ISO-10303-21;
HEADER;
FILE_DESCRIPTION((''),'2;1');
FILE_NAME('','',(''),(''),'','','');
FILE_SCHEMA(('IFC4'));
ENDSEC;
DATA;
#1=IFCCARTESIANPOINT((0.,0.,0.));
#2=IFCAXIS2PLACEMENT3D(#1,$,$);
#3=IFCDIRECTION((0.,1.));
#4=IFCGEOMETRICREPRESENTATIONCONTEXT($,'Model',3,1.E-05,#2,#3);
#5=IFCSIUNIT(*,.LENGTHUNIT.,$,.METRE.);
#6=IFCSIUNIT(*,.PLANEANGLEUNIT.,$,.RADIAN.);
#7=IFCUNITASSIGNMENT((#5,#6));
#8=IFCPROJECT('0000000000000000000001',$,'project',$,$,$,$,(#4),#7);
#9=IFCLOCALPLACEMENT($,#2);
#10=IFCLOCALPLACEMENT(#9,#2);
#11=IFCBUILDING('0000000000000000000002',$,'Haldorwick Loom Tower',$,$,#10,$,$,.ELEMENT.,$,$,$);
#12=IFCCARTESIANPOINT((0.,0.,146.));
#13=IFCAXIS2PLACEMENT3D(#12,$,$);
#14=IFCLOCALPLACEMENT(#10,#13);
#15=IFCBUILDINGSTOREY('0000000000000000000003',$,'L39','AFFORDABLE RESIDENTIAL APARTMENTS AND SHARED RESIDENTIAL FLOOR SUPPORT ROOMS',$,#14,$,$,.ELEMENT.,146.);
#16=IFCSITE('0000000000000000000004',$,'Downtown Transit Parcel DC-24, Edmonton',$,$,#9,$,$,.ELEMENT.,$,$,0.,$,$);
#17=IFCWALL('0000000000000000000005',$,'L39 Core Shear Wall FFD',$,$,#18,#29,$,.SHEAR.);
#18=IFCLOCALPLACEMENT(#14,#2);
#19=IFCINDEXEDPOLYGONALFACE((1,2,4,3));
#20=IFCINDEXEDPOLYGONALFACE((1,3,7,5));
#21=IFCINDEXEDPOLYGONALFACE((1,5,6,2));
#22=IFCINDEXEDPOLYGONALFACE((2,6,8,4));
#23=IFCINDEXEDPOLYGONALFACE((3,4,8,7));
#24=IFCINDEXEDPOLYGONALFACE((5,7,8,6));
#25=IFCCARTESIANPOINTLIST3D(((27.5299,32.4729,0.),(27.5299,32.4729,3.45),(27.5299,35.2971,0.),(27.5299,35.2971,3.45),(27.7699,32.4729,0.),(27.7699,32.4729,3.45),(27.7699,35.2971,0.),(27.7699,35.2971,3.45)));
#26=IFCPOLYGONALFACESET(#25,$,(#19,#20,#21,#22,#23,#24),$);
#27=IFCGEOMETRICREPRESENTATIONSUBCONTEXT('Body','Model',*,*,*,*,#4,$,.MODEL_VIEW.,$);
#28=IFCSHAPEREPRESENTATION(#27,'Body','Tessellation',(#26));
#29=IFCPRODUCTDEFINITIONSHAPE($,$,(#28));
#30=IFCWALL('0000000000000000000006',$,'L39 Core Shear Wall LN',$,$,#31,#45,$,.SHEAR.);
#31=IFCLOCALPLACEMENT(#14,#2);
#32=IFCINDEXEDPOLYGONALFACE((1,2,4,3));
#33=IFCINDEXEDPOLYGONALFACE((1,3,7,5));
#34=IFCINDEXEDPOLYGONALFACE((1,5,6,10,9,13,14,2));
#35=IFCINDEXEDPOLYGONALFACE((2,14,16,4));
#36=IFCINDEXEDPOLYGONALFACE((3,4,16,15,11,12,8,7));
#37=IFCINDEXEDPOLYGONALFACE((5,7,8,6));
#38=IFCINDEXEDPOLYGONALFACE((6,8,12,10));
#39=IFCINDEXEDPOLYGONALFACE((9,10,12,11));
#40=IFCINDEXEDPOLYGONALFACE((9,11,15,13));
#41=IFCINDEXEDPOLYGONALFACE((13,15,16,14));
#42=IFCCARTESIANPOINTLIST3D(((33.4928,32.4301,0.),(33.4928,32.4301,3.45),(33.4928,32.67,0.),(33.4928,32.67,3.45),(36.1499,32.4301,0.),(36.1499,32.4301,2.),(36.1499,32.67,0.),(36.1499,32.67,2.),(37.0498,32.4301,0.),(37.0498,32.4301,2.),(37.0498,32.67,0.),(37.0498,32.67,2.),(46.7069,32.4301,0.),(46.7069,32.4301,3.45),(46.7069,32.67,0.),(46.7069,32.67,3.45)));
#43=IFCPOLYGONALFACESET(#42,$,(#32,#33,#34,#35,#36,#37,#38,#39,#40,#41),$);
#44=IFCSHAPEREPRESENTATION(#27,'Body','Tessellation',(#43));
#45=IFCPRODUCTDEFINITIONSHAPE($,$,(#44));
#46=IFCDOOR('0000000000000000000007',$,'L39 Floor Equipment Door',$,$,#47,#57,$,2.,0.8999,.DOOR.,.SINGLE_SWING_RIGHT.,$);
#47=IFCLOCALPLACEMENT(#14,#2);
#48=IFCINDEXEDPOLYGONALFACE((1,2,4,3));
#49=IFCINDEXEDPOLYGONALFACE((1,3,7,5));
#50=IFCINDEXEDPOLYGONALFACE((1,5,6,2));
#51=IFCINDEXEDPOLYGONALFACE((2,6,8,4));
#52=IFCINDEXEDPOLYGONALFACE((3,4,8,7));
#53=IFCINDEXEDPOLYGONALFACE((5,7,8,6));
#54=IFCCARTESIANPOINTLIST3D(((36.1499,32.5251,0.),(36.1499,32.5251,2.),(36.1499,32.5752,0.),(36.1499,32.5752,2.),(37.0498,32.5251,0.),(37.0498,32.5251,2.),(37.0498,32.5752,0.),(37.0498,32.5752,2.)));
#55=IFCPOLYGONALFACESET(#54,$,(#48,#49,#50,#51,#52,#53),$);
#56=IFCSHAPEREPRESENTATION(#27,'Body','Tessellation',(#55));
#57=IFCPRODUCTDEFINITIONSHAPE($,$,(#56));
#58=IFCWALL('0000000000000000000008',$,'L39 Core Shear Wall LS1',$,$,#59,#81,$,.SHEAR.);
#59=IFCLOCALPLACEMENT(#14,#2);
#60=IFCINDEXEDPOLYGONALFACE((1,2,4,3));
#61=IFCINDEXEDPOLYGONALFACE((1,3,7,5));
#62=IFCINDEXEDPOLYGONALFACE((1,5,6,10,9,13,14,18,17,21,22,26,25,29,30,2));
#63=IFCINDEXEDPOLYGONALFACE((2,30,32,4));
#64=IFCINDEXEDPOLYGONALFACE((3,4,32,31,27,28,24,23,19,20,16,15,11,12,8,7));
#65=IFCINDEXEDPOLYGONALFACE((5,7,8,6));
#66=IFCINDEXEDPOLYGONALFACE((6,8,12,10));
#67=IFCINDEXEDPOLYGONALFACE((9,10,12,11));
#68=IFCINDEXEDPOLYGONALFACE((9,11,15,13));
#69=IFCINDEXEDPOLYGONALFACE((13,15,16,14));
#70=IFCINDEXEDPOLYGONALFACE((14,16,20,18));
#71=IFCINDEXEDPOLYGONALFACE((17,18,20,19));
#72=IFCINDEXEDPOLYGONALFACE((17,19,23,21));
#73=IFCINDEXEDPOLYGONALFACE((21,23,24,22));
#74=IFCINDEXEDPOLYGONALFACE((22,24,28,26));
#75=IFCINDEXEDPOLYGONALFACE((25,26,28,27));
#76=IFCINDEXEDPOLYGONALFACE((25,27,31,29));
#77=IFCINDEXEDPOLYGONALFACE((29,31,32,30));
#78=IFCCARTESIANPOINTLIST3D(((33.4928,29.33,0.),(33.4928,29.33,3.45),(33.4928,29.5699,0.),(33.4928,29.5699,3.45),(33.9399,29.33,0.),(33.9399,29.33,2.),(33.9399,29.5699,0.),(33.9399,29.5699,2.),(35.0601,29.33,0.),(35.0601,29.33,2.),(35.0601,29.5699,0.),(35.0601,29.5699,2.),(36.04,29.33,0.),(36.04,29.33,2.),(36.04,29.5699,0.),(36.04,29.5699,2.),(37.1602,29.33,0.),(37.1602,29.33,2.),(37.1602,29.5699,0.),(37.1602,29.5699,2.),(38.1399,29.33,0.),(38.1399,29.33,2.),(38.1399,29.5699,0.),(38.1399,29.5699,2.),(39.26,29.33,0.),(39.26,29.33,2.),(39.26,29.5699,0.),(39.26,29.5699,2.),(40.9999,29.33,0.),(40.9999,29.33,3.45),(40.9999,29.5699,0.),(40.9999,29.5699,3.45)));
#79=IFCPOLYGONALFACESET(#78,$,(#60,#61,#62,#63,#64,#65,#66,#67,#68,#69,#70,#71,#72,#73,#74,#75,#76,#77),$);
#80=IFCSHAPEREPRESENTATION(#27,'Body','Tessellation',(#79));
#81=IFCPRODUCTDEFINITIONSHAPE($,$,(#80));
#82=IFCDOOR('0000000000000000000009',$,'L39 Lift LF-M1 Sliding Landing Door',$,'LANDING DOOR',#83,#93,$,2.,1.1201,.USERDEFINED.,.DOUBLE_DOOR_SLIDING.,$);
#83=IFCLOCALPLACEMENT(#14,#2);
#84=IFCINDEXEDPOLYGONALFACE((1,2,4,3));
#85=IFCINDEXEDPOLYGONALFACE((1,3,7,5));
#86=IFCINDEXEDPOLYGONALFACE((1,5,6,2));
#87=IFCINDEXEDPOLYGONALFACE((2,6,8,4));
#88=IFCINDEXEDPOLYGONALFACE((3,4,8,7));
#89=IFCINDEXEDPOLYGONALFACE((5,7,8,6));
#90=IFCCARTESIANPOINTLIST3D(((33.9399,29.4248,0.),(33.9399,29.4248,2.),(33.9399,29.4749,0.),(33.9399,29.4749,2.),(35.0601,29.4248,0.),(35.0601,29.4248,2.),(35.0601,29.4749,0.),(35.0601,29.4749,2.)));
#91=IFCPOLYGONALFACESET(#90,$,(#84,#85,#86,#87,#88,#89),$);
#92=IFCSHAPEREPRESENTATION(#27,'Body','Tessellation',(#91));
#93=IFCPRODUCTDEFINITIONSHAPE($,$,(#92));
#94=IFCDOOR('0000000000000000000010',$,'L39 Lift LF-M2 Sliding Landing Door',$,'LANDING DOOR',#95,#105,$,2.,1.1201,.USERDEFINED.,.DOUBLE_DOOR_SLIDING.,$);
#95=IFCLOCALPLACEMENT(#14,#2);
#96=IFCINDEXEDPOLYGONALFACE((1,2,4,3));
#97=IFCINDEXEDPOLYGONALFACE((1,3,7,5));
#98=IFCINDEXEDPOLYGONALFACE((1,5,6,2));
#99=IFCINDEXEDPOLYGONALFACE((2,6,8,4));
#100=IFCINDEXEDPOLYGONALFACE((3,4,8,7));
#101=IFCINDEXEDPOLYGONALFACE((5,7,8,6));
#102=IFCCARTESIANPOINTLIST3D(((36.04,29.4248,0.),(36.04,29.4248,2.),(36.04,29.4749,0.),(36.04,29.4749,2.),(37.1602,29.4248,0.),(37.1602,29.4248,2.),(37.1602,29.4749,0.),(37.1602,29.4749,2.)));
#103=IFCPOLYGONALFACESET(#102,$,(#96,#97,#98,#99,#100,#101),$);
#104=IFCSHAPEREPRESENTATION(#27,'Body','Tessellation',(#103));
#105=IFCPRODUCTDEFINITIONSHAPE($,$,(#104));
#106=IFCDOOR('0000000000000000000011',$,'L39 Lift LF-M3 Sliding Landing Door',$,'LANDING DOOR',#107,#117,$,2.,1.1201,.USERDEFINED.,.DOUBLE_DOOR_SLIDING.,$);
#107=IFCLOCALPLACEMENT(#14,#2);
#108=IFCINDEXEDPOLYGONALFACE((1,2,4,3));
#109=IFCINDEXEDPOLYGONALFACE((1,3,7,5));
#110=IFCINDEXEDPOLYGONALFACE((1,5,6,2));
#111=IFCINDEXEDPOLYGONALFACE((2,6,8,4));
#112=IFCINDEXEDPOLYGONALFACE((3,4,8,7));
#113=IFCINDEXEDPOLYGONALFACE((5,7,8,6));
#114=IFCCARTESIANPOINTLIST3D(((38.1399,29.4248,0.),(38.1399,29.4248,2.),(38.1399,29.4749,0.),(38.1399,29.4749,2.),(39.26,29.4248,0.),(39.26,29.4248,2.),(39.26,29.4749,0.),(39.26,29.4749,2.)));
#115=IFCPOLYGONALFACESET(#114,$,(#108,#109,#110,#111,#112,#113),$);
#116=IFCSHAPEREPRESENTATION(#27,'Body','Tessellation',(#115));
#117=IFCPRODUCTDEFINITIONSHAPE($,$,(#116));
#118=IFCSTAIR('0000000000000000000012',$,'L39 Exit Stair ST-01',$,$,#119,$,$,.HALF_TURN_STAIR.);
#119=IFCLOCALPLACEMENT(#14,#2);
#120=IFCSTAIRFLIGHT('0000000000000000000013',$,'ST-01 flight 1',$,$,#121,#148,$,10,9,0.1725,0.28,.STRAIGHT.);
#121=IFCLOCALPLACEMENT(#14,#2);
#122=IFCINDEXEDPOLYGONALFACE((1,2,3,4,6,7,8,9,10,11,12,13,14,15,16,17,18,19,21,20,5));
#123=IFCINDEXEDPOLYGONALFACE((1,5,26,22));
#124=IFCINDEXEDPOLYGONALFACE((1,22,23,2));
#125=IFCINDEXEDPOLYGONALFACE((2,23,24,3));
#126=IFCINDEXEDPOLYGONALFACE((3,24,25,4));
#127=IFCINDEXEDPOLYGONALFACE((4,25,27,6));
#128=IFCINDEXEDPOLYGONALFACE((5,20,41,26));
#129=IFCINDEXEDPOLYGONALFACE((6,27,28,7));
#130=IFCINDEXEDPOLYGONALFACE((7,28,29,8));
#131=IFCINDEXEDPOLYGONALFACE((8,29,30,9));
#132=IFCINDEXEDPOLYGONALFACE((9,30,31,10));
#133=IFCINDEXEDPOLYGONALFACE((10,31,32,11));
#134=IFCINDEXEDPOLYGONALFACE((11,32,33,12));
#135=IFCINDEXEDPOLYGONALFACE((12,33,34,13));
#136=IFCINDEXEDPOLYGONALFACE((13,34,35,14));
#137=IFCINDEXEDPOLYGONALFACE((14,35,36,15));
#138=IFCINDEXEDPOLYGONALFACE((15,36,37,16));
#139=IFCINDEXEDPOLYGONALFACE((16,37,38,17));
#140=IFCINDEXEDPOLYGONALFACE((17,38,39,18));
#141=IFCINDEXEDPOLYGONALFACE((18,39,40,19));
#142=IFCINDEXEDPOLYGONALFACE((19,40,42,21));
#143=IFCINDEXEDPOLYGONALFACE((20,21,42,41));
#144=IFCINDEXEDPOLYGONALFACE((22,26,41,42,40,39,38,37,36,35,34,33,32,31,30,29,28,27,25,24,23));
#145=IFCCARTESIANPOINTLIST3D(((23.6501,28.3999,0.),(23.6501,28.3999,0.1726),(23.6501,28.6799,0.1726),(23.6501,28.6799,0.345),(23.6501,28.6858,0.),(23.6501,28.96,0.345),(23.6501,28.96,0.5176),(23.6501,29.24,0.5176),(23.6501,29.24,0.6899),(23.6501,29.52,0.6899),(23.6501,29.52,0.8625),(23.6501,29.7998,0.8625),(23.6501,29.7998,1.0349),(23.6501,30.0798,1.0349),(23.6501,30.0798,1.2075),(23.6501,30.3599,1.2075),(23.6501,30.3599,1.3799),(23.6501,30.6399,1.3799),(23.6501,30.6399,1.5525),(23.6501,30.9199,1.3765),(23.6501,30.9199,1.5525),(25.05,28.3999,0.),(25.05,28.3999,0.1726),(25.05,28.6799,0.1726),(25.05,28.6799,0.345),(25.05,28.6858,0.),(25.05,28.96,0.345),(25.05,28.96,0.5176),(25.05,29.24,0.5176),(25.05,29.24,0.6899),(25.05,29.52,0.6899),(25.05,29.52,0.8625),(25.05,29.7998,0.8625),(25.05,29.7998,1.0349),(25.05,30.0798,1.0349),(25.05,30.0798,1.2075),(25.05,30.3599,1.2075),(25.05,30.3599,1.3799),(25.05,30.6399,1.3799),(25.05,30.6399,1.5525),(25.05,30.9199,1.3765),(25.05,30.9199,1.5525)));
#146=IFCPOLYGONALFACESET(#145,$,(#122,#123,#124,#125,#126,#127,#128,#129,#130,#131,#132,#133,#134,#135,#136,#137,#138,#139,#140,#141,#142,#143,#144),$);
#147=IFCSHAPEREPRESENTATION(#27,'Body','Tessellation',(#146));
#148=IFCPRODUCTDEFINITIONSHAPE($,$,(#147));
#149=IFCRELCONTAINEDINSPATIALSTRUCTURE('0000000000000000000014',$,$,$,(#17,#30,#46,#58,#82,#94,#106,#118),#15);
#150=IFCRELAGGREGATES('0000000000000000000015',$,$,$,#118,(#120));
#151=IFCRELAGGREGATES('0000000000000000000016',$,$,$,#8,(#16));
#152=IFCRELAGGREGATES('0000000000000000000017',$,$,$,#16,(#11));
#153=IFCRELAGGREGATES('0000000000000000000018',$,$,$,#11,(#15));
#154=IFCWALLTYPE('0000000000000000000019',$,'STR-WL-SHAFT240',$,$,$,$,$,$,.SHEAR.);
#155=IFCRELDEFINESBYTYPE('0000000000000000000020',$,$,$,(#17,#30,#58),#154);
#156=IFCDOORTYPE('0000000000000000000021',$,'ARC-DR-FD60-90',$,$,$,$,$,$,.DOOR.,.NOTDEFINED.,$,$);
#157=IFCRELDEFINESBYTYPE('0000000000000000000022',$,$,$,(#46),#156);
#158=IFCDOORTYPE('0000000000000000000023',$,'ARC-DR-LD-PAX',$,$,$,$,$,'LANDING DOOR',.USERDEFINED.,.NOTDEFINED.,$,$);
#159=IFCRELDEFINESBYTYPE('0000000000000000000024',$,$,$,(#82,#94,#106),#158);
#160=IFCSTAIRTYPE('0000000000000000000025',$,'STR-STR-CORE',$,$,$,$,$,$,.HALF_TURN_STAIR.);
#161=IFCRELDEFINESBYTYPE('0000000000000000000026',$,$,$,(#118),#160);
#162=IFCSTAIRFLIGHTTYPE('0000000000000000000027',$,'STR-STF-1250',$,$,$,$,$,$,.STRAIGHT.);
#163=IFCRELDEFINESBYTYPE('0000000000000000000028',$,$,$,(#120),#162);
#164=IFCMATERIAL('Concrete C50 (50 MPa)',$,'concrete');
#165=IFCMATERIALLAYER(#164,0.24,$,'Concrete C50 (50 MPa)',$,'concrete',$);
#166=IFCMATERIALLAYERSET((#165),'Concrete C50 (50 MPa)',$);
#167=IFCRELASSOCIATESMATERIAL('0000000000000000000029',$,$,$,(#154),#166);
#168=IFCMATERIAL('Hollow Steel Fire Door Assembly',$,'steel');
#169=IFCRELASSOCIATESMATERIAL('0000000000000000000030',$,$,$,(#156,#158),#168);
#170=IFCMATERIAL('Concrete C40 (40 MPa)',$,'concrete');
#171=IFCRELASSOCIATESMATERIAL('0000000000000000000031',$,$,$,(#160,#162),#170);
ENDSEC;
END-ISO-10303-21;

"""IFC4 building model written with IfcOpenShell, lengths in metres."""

from ifc_helpers import new_model, si_unit, direction, frame, frame_2d, origin, place, context, subcontext, project, spatial, polyline, rectangle, outline, extrude, material, layer, layer_set, type_object, element, fill, aggregate, save


model = new_model("IFC4")

# Units and contexts
model_context = context("Model", 3, precision=1e-05, world=origin(), true_north=direction((0.0, 1.0)))
body_context = subcontext(model_context, "Body", "Model", "MODEL_VIEW")
ifc_project = project(units=[si_unit("LENGTHUNIT", "METRE"), si_unit("PLANEANGLEUNIT", "RADIAN")], contexts=[model_context])

# Site, building, storey
site_placement = place(None, origin())
site = spatial("IfcSite", under=ifc_project, at=site_placement, Name="Downtown Transit Parcel DC-24, Edmonton", CompositionType="ELEMENT", RefElevation=0.0)
building_placement = place(site_placement, origin())
building = spatial("IfcBuilding", under=site, at=building_placement, Name="Haldorwick Loom Tower", CompositionType="ELEMENT")
storey_placement = place(building_placement, frame((0.0, 0.0, 146.0)))
storey = spatial("IfcBuildingStorey", under=building, at=storey_placement, Name="L39", Description="AFFORDABLE RESIDENTIAL APARTMENTS AND SHARED RESIDENTIAL FLOOR SUPPORT ROOMS", CompositionType="ELEMENT", Elevation=146.0)

# Shared definitions
ifc_material_1 = material(Name="Concrete C50 (50 MPa)", Category="concrete")
ifc_layer = layer(ifc_material_1, 0.24, Name="Concrete C50 (50 MPa)", Category="concrete")
ifc_layer_set = layer_set([ifc_layer], Name="Concrete C50 (50 MPa)")
wall_type = type_object("IfcWallType", Name="STR-WL-SHAFT240", PredefinedType="SHEAR", material=ifc_layer_set)

# Shared definitions
ifc_material_2 = material(Name="Hollow Steel Fire Door Assembly", Category="steel")

# Wall
wall_1_placement = place(storey_placement, frame((27.6499, 32.4729, 0.0), z_axis=(0.0, 0.0, 1.0), x_axis=(0.0, 1.0, 0.0)))
element("IfcWall", 1, at=wall_1_placement, inside=storey, type_object=wall_type, Name="L39 Core Shear Wall FFD", PredefinedType="SHEAR", context=body_context, shape_type="SweptSolid", body=[
    extrude(rectangle(XDim=2.8242, YDim=0.24, at=frame_2d((1.4121, 0.0))), origin(), (0.0, 0.0, 1.0), 3.45),
])

# Wall, opening, door
wall_2_placement = place(storey_placement, frame((33.4929, 32.55, 0.0), z_axis=(0.0, 0.0, 1.0), x_axis=(1.0, 0.0, 0.0)))
wall_2 = element("IfcWall", 2, at=wall_2_placement, inside=storey, type_object=wall_type, Name="L39 Core Shear Wall LN", PredefinedType="SHEAR", context=body_context, shape_type="SweptSolid", body=[
    extrude(rectangle(XDim=13.2141, YDim=0.24, at=frame_2d((6.6069, 0.0))), origin(), (0.0, 0.0, 1.0), 3.45),
])
opening_1_placement = place(wall_2_placement, frame((2.657, 0.0, 0.0)))
opening_1 = element("IfcOpeningElement", 3, at=opening_1_placement, cuts=wall_2, PredefinedType="OPENING", context=body_context, shape_type="SweptSolid", body=[
    extrude(rectangle(XDim=0.8999, YDim=2.0, at=frame_2d((0.45, 1.0))), frame((0.0, 0.1299, 0.0), z_axis=(0.0, -1.0, 0.0), x_axis=(1.0, 0.0, 0.0)), (0.0, 0.0, 1.0), 0.26),
])
door_type_1 = type_object("IfcDoorType", Name="ARC-DR-FD60-90", OperationType="NOTDEFINED", PredefinedType="DOOR", material=ifc_material_2)
door_1_placement = place(opening_1_placement, frame((0.8999, 0.0, 0.0), z_axis=(0.0, 0.0, 1.0), x_axis=(-1.0, 0.0, 0.0)))
door_1 = element("IfcDoor", 4, at=door_1_placement, inside=storey, type_object=door_type_1, Name="L39 Floor Equipment Door", OperationType="SINGLE_SWING_RIGHT", OverallHeight=2.0, OverallWidth=0.8999, PredefinedType="DOOR", context=body_context, shape_type="SweptSolid", body=[
    extrude(rectangle(XDim=0.8999, YDim=2.0, at=frame_2d((0.45, 1.0))), frame((0.0, 0.0249, 0.0), z_axis=(0.0, -1.0, 0.0), x_axis=(1.0, 0.0, 0.0)), (0.0, 0.0, 1.0), 0.05),
])
fill(opening_1, door_1)

# Wall, openings, doors
wall_3_placement = place(storey_placement, frame((33.4929, 29.45, 0.0), z_axis=(0.0, 0.0, 1.0), x_axis=(1.0, 0.0, 0.0)))
wall_3 = element("IfcWall", 5, at=wall_3_placement, inside=storey, type_object=wall_type, Name="L39 Core Shear Wall LS1", PredefinedType="SHEAR", context=body_context, shape_type="SweptSolid", body=[
    extrude(rectangle(XDim=7.5071, YDim=0.24, at=frame_2d((3.7534, 0.0))), origin(), (0.0, 0.0, 1.0), 3.45),
])
opening_2_placement = place(wall_3_placement, frame((0.447, 0.0, 0.0)))
opening_2 = element("IfcOpeningElement", 6, at=opening_2_placement, cuts=wall_3, PredefinedType="OPENING", context=body_context, shape_type="SweptSolid", body=[
    extrude(rectangle(XDim=1.1201, YDim=2.0, at=frame_2d((0.5601, 1.0))), frame((0.0, 0.1299, 0.0), z_axis=(0.0, -1.0, 0.0), x_axis=(1.0, 0.0, 0.0)), (0.0, 0.0, 1.0), 0.26),
])
opening_3_placement = place(wall_3_placement, frame((2.5471, 0.0, 0.0)))
opening_3 = element("IfcOpeningElement", 7, at=opening_3_placement, cuts=wall_3, PredefinedType="OPENING", context=body_context, shape_type="SweptSolid", body=[
    extrude(rectangle(XDim=1.1201, YDim=2.0, at=frame_2d((0.5601, 1.0))), frame((0.0, 0.1299, 0.0), z_axis=(0.0, -1.0, 0.0), x_axis=(1.0, 0.0, 0.0)), (0.0, 0.0, 1.0), 0.26),
])
opening_4_placement = place(wall_3_placement, frame((4.647, 0.0, 0.0)))
opening_4 = element("IfcOpeningElement", 8, at=opening_4_placement, cuts=wall_3, PredefinedType="OPENING", context=body_context, shape_type="SweptSolid", body=[
    extrude(rectangle(XDim=1.1201, YDim=2.0, at=frame_2d((0.5601, 1.0))), frame((0.0, 0.1299, 0.0), z_axis=(0.0, -1.0, 0.0), x_axis=(1.0, 0.0, 0.0)), (0.0, 0.0, 1.0), 0.26),
])
door_type_2 = type_object("IfcDoorType", Name="ARC-DR-LD-PAX", ElementType="LANDING DOOR", OperationType="NOTDEFINED", PredefinedType="USERDEFINED", material=ifc_material_2)
door_2_placement = place(opening_2_placement, origin())
door_2 = element("IfcDoor", 9, at=door_2_placement, inside=storey, type_object=door_type_2, Name="L39 Lift LF-M1 Sliding Landing Door", ObjectType="LANDING DOOR", OperationType="DOUBLE_DOOR_SLIDING", OverallHeight=2.0, OverallWidth=1.1201, PredefinedType="USERDEFINED", context=body_context, shape_type="SweptSolid", body=[
    extrude(rectangle(XDim=1.1201, YDim=2.0, at=frame_2d((0.5601, 1.0))), frame((0.0, 0.0249, 0.0), z_axis=(0.0, -1.0, 0.0), x_axis=(1.0, 0.0, 0.0)), (0.0, 0.0, 1.0), 0.05),
])
fill(opening_2, door_2)
door_3_placement = place(opening_3_placement, origin())
door_3 = element("IfcDoor", 10, at=door_3_placement, inside=storey, type_object=door_type_2, Name="L39 Lift LF-M2 Sliding Landing Door", ObjectType="LANDING DOOR", OperationType="DOUBLE_DOOR_SLIDING", OverallHeight=2.0, OverallWidth=1.1201, PredefinedType="USERDEFINED", context=body_context, shape_type="SweptSolid", body=[
    extrude(rectangle(XDim=1.1201, YDim=2.0, at=frame_2d((0.5601, 1.0))), frame((0.0, 0.0249, 0.0), z_axis=(0.0, -1.0, 0.0), x_axis=(1.0, 0.0, 0.0)), (0.0, 0.0, 1.0), 0.05),
])
fill(opening_3, door_3)
door_4_placement = place(opening_4_placement, origin())
door_4 = element("IfcDoor", 11, at=door_4_placement, inside=storey, type_object=door_type_2, Name="L39 Lift LF-M3 Sliding Landing Door", ObjectType="LANDING DOOR", OperationType="DOUBLE_DOOR_SLIDING", OverallHeight=2.0, OverallWidth=1.1201, PredefinedType="USERDEFINED", context=body_context, shape_type="SweptSolid", body=[
    extrude(rectangle(XDim=1.1201, YDim=2.0, at=frame_2d((0.5601, 1.0))), frame((0.0, 0.0249, 0.0), z_axis=(0.0, -1.0, 0.0), x_axis=(1.0, 0.0, 0.0)), (0.0, 0.0, 1.0), 0.05),
])
fill(opening_4, door_4)

# Stair, stair flight
ifc_material_3 = material(Name="Concrete C40 (40 MPa)", Category="concrete")
stair_type = type_object("IfcStairType", Name="STR-STR-CORE", PredefinedType="HALF_TURN_STAIR", material=ifc_material_3)
stair_1_placement = place(storey_placement, origin())
stair_1 = element("IfcStair", 12, at=stair_1_placement, inside=storey, type_object=stair_type, Name="L39 Exit Stair ST-01", PredefinedType="HALF_TURN_STAIR")
stair_flight_type = type_object("IfcStairFlightType", Name="STR-STF-1250", PredefinedType="STRAIGHT", material=ifc_material_3)
stair_flight_1_placement = place(storey_placement, frame((24.3501, 28.3999, 0.0), z_axis=(0.0, 0.0, 1.0), x_axis=(0.0, 1.0, 0.0)))
stair_flight_1 = element("IfcStairFlight", 13, at=stair_flight_1_placement, type_object=stair_flight_type, Name="ST-01 flight 1", NumberOfRisers=10, NumberOfTreads=9, PredefinedType="STRAIGHT", RiserHeight=0.1725, TreadLength=0.28, context=body_context, shape_type="SweptSolid", body=[
    extrude(outline(polyline([(0.0, 0.0), (0.0, 0.1726), (0.28, 0.1726), (0.28, 0.345), (0.5601, 0.345), (0.5601, 0.5176), (0.8401, 0.5176), (0.8401, 0.6899), (1.1201, 0.6899), (1.1201, 0.8625), (1.3999, 0.8625), (1.3999, 1.0349), (1.6799, 1.0349), (1.6799, 1.2075), (1.96, 1.2075), (1.96, 1.3799), (2.24, 1.3799), (2.24, 1.5525), (2.52, 1.5525), (2.52, 1.7251), (2.52, 1.3765), (0.2859, 0.0), (0.0, 0.0)])), frame((0.0, 0.7, 0.0), z_axis=(0.0, -1.0, 0.0), x_axis=(1.0, 0.0, 0.0)), (0.0, 0.0, 1.0), 1.3999),
])
aggregate(stair_1, [stair_flight_1])

save(model, "model.ifc")
